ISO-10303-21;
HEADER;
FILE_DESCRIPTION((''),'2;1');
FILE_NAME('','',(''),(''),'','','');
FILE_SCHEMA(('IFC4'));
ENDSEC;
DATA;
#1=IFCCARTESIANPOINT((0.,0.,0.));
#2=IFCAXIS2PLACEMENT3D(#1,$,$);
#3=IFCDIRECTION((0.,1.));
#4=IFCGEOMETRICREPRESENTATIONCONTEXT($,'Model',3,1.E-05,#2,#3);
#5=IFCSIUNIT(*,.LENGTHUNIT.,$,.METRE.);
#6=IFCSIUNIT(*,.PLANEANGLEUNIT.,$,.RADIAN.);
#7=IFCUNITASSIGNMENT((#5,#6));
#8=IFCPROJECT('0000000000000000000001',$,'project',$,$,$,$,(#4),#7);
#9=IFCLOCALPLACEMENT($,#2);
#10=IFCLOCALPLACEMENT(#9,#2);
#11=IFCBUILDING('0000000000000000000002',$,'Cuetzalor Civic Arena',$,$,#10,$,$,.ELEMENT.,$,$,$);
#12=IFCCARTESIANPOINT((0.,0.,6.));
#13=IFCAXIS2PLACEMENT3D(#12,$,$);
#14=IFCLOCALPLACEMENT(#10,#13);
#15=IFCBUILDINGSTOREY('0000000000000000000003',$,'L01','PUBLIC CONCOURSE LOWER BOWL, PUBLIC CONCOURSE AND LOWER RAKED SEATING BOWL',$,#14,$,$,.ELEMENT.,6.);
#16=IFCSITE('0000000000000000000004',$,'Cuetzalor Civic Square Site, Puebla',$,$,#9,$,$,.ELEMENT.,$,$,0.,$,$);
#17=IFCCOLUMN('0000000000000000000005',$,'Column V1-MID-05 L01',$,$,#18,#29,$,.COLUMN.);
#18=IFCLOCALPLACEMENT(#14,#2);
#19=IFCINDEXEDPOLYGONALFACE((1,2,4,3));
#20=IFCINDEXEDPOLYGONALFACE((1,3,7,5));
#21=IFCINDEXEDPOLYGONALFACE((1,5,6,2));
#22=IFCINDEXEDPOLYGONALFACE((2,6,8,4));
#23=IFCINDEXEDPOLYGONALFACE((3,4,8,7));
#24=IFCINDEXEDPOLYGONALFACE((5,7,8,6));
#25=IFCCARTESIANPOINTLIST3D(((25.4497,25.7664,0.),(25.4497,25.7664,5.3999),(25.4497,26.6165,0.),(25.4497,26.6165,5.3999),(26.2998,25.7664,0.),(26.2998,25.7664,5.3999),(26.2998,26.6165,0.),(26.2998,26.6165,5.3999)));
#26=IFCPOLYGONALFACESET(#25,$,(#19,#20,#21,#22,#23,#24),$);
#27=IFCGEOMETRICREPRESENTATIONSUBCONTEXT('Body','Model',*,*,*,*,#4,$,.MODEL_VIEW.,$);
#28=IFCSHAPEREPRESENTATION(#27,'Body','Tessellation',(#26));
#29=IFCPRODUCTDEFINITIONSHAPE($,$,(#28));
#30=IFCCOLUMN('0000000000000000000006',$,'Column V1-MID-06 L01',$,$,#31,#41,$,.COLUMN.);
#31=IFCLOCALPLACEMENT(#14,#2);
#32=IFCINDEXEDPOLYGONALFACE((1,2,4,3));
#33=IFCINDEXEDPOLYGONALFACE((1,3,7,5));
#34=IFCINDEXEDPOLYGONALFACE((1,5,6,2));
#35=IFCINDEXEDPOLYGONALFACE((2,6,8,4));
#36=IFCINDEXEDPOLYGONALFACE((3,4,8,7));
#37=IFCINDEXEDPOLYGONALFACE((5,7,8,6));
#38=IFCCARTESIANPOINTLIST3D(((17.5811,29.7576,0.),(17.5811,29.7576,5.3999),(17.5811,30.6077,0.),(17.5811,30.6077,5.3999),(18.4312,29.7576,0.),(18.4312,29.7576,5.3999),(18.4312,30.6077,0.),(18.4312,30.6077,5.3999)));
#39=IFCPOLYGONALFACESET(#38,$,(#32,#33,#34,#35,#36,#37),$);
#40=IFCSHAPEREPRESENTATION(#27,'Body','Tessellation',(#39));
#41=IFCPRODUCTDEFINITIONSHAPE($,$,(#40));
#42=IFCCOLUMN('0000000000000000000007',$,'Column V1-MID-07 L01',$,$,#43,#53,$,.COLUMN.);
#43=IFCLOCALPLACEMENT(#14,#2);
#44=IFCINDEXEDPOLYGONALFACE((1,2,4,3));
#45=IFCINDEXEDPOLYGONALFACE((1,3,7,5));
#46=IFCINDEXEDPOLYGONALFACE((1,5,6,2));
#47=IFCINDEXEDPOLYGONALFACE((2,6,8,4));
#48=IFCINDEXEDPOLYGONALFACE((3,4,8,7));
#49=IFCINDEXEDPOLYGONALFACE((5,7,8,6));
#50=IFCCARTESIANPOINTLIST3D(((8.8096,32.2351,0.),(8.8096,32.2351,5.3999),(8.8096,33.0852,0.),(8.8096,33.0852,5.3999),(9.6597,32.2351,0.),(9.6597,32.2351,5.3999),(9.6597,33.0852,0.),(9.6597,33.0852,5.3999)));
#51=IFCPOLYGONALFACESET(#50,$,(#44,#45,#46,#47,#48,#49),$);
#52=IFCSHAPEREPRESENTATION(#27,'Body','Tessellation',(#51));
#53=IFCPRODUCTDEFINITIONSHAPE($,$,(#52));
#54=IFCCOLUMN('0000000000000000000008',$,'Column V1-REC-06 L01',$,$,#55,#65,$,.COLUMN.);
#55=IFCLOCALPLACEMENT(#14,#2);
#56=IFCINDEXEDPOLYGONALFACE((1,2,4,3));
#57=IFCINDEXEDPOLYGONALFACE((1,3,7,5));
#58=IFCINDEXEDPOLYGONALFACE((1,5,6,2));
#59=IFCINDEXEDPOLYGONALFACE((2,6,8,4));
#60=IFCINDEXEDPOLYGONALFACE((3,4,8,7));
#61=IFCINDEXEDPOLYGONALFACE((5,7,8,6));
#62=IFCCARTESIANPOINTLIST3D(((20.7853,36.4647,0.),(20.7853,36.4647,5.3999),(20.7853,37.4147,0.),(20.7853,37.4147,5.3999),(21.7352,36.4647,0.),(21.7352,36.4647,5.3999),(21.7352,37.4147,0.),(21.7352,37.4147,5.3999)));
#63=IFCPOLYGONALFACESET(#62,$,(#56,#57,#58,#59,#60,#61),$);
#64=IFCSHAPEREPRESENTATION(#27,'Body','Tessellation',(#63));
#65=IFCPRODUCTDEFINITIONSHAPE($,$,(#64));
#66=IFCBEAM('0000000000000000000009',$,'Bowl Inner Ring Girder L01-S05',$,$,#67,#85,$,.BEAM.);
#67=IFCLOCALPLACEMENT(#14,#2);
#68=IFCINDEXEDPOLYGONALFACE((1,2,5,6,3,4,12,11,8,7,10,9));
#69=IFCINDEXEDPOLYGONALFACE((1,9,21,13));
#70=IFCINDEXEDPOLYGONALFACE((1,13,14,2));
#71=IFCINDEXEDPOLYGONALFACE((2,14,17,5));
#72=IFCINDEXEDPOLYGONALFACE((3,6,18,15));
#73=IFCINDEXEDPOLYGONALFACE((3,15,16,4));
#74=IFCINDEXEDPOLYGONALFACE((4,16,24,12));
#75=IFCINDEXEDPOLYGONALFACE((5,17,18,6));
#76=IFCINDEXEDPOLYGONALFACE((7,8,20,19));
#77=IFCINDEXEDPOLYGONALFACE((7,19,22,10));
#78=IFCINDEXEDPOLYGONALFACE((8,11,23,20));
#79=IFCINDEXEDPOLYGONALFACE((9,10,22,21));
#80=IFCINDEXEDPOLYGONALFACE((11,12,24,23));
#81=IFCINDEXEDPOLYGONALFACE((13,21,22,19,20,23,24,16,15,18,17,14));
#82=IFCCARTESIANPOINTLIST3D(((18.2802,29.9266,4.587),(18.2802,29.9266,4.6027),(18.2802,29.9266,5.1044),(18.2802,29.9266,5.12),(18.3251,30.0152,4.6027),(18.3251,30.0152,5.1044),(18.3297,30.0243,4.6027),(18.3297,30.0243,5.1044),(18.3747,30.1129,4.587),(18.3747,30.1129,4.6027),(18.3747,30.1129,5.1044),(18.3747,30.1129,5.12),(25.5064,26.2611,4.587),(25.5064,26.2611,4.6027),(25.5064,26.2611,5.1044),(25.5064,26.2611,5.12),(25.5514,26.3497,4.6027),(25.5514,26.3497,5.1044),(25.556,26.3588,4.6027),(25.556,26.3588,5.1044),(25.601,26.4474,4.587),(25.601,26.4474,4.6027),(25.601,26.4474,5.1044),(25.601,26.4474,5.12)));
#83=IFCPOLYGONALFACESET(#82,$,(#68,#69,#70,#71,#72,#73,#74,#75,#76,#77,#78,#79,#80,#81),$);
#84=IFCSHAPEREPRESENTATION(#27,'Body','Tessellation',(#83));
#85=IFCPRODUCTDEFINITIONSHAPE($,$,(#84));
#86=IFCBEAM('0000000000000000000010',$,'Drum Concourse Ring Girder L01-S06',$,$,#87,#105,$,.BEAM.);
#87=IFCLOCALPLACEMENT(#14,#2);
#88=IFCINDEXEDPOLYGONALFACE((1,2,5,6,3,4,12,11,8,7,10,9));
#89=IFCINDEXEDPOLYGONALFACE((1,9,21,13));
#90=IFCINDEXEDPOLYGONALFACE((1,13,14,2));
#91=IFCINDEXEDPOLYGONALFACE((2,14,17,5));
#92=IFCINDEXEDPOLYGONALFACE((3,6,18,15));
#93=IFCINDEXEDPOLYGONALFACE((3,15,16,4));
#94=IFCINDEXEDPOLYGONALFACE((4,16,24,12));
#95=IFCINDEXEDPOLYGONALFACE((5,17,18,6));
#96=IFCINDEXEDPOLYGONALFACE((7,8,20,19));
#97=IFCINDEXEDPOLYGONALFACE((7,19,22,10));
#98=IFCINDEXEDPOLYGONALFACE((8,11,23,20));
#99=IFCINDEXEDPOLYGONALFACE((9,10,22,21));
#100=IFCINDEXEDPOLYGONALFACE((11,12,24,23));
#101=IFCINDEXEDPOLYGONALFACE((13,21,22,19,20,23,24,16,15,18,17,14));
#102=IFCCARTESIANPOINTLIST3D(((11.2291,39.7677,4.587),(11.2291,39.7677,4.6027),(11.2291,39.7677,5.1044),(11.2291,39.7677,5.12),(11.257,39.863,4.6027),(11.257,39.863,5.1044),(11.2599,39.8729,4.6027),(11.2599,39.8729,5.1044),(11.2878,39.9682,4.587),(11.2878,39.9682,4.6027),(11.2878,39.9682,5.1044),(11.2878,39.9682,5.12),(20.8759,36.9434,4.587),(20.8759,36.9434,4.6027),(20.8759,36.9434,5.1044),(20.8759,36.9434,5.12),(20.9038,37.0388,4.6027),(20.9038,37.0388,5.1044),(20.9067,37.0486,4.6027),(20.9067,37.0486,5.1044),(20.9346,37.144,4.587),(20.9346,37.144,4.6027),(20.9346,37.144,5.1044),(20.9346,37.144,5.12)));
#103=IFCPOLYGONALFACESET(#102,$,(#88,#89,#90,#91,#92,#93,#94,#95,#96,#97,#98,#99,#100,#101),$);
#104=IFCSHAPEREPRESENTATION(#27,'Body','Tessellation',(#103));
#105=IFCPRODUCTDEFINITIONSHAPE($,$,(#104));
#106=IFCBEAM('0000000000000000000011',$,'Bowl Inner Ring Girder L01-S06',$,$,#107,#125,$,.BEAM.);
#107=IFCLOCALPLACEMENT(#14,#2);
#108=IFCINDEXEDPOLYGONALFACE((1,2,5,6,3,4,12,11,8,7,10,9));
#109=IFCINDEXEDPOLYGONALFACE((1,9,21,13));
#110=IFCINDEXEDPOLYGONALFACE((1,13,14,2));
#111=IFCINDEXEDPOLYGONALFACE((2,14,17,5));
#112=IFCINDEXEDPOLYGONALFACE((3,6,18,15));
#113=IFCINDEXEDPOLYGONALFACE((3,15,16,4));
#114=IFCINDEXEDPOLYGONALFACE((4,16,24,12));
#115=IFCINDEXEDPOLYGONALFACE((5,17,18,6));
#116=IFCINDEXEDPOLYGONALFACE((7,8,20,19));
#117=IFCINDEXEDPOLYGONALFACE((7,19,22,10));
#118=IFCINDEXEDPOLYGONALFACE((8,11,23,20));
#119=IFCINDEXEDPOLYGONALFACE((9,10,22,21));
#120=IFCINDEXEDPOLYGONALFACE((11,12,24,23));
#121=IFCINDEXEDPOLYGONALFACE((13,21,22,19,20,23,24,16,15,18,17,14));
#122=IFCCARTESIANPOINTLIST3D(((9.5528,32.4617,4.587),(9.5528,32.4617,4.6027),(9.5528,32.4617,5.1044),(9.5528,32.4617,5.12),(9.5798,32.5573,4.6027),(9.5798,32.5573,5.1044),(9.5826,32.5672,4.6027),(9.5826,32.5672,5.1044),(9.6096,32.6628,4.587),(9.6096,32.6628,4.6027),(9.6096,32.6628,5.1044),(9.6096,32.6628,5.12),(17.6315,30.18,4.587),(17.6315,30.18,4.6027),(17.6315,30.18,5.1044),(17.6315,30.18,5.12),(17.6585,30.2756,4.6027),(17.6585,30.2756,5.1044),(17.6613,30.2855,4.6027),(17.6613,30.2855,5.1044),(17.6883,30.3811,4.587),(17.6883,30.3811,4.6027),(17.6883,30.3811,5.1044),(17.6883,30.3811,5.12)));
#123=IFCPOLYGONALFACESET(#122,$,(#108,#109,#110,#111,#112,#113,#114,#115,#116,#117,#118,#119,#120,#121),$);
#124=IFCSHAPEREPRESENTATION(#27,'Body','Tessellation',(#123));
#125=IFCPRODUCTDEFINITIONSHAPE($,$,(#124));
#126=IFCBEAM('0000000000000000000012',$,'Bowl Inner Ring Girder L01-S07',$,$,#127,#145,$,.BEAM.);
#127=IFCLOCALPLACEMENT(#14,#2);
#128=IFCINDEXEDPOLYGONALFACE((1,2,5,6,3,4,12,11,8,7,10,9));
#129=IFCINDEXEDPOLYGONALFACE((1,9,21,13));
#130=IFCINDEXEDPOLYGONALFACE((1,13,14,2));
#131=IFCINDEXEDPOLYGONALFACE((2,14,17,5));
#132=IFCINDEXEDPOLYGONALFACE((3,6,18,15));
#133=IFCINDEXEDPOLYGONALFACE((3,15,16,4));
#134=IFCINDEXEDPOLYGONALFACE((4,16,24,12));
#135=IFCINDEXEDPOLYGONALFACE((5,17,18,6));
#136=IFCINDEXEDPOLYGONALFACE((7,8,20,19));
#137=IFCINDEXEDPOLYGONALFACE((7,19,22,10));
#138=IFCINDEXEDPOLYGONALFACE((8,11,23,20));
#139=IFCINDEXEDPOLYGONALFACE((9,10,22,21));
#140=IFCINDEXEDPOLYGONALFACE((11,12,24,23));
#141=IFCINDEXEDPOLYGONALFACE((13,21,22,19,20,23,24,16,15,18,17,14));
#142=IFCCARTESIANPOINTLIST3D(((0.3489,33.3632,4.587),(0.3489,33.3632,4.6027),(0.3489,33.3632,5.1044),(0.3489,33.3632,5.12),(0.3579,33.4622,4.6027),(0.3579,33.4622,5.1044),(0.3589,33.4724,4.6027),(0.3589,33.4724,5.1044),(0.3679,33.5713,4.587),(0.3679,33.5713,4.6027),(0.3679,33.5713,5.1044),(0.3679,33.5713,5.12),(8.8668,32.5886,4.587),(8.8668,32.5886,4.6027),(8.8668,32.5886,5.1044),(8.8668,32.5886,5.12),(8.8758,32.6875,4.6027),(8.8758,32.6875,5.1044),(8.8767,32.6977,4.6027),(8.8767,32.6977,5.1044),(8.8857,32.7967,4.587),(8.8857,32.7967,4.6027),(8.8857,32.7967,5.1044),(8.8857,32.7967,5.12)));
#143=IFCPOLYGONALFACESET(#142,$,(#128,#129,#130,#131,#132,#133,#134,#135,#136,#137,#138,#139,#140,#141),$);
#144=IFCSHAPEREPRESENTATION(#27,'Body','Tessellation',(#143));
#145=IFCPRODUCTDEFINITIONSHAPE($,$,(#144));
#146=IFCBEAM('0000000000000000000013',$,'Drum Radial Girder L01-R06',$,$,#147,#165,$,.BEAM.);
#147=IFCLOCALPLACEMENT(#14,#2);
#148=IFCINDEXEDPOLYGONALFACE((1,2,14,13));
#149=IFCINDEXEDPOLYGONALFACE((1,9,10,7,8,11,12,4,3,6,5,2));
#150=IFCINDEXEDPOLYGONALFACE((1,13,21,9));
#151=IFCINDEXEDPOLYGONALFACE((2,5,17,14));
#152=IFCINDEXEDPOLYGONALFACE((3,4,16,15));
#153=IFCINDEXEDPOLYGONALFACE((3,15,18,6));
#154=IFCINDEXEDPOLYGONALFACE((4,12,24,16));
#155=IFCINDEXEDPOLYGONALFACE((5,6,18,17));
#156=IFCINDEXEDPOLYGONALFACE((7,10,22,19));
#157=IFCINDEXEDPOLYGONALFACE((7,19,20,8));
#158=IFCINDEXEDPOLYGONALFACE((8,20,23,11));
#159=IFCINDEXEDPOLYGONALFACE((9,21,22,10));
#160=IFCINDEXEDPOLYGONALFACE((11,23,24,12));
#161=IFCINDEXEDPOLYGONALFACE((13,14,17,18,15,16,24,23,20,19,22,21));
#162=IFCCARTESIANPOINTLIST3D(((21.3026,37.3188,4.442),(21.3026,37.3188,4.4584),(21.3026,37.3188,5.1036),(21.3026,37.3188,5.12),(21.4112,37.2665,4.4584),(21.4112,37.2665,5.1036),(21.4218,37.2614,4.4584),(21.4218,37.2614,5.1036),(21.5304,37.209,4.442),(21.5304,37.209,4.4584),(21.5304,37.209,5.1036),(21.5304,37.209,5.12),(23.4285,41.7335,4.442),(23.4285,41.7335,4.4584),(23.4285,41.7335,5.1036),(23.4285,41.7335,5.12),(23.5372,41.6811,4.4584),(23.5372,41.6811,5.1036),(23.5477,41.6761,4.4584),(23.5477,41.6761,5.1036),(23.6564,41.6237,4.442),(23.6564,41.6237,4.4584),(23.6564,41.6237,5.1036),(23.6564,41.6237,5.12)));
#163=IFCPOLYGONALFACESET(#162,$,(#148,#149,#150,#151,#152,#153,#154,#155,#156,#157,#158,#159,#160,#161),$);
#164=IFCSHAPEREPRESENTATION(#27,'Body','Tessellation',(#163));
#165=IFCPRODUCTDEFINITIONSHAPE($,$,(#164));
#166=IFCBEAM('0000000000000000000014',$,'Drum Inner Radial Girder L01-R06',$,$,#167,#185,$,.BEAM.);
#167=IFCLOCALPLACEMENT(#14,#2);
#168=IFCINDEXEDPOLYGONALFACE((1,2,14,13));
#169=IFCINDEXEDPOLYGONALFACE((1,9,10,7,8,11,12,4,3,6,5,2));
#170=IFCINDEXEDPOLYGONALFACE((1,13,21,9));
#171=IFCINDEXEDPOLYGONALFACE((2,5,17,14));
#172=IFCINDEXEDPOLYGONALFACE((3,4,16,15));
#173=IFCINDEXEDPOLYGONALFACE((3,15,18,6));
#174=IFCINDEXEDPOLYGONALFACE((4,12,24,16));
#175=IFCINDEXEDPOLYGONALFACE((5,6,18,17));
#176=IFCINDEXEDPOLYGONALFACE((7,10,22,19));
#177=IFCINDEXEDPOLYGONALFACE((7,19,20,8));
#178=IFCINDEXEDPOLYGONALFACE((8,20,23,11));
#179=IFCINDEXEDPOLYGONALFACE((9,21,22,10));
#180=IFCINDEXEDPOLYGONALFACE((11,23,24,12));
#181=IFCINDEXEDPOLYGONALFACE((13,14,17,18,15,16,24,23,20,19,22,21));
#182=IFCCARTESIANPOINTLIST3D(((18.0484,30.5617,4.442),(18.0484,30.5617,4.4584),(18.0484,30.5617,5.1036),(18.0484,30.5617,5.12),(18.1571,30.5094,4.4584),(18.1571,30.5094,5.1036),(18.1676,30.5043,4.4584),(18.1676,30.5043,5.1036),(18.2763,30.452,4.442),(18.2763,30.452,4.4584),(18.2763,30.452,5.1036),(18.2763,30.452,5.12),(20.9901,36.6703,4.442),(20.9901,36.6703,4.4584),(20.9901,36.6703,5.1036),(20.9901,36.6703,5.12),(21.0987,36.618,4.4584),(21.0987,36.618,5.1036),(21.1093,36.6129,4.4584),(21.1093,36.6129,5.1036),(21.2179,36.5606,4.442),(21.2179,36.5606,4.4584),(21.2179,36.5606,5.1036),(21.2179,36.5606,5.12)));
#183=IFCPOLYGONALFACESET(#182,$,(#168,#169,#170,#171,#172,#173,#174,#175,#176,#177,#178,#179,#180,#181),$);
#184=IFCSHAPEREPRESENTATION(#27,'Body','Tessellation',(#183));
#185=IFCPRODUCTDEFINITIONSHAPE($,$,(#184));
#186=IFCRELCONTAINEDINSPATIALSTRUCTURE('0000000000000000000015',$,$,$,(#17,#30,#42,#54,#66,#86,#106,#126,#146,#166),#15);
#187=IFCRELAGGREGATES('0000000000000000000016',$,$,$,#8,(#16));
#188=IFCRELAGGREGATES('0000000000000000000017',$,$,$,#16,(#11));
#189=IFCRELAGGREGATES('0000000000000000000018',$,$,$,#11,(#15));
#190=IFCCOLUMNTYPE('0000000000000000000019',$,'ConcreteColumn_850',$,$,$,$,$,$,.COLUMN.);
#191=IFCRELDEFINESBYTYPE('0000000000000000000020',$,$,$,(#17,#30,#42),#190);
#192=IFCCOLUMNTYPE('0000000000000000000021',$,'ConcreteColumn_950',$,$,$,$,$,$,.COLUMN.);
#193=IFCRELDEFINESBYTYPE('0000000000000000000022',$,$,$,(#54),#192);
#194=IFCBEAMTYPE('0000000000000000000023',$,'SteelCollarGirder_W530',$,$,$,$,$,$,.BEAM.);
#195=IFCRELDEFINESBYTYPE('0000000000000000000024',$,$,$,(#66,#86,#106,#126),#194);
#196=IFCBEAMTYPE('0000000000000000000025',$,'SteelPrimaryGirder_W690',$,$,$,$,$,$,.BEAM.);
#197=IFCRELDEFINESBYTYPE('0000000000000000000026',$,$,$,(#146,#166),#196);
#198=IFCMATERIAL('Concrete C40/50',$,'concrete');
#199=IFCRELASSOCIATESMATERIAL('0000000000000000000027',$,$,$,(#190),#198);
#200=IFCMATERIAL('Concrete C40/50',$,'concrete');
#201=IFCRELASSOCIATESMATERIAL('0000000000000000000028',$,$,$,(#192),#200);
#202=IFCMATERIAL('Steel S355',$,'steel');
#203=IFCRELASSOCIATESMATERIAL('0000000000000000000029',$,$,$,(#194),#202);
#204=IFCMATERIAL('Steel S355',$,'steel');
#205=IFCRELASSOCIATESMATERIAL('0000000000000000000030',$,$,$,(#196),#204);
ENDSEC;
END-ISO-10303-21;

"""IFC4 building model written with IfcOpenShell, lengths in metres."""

from ifc_helpers import new_model, si_unit, direction, frame, origin, origin_2d, place, context, subcontext, project, spatial, rectangle, i_section, extrude, material, material_profile, profile_set, type_object, element, save


model = new_model("IFC4")

# Units and contexts
model_context = context("Model", 3, precision=1e-05, world=origin(), true_north=direction((0.0, 1.0)))
body_context = subcontext(model_context, "Body", "Model", "MODEL_VIEW")
ifc_project = project(units=[si_unit("LENGTHUNIT", "METRE"), si_unit("PLANEANGLEUNIT", "RADIAN")], contexts=[model_context])

# Site, building, storey
site_placement = place(None, origin())
site = spatial("IfcSite", under=ifc_project, at=site_placement, Name="Cuetzalor Civic Square Site, Puebla", CompositionType="ELEMENT", RefElevation=0.0)
building_placement = place(site_placement, origin())
building = spatial("IfcBuilding", under=site, at=building_placement, Name="Cuetzalor Civic Arena", CompositionType="ELEMENT")
storey_placement = place(building_placement, frame((0.0, 0.0, 6.0)))
storey = spatial("IfcBuildingStorey", under=building, at=storey_placement, Name="L01", Description="PUBLIC CONCOURSE LOWER BOWL, PUBLIC CONCOURSE AND LOWER RAKED SEATING BOWL", CompositionType="ELEMENT", Elevation=6.0)

# Columns
ifc_material_1 = material(Name="Concrete C40/50", Category="concrete")
ifc_material_profile_1 = material_profile(ifc_material_1, rectangle(XDim=0.8501, YDim=0.8501, at=origin_2d()), Name="RC 850x850")
ifc_profile_set_1 = profile_set([ifc_material_profile_1], Name="Concrete C40/50")
column_type_1 = type_object("IfcColumnType", Name="ConcreteColumn_850", PredefinedType="COLUMN", material=ifc_profile_set_1)
for number, where, z_axis, x_axis, name in (
    (1, (25.8748, 26.1914, 0.0), (0.0, 0.0, 1.0), (1.0, 0.0, 0.0), "Column V1-MID-05 L01"),
    (2, (18.0061, 30.1826, 0.0), (0.0, 0.0, 1.0), (1.0, 0.0, 0.0), "Column V1-MID-06 L01"),
    (3, (9.2346, 32.6602, 0.0), (0.0, 0.0, 1.0), (1.0, 0.0, 0.0), "Column V1-MID-07 L01"),
):
    element("IfcColumn", number, at=place(storey_placement, frame(where, z_axis=z_axis, x_axis=x_axis)), inside=storey, type_object=column_type_1, Name=name, PredefinedType="COLUMN", context=body_context, shape_type="SweptSolid", body=[
        extrude(rectangle(XDim=0.8501, YDim=0.8501, at=origin_2d()), origin(), (0.0, 0.0, 1.0), 5.3999),
    ])
ifc_material_2 = material(Name="Concrete C40/50", Category="concrete")
ifc_material_profile_2 = material_profile(ifc_material_2, rectangle(XDim=0.95, YDim=0.95, at=origin_2d()), Name="RC 950x950")
ifc_profile_set_2 = profile_set([ifc_material_profile_2], Name="Concrete C40/50")
column_type_2 = type_object("IfcColumnType", Name="ConcreteColumn_950", PredefinedType="COLUMN", material=ifc_profile_set_2)
column_placement = place(storey_placement, frame((21.2603, 36.9397, 0.0), z_axis=(0.0, 0.0, 1.0), x_axis=(1.0, 0.0, 0.0)))
element("IfcColumn", 4, at=column_placement, inside=storey, type_object=column_type_2, Name="Column V1-REC-06 L01", PredefinedType="COLUMN", context=body_context, shape_type="SweptSolid", body=[
    extrude(rectangle(XDim=0.95, YDim=0.95, at=origin_2d()), origin(), (0.0, 0.0, 1.0), 5.3999),
])

# Beams
ifc_material_3 = material(Name="Steel S355", Category="steel")
ifc_material_profile_3 = material_profile(ifc_material_3, i_section(OverallWidth=0.209, OverallDepth=0.533, WebThickness=0.0103, FlangeThickness=0.0156, at=origin_2d()), Name="W530x92")
ifc_profile_set_3 = profile_set([ifc_material_profile_3], Name="Steel S355")
beam_type_1 = type_object("IfcBeamType", Name="SteelCollarGirder_W530", PredefinedType="BEAM", material=ifc_profile_set_3)
beam_1_placement = place(storey_placement, frame((25.5537, 26.3542, 4.8535), z_axis=(-0.891827, 0.452376, 0.0), x_axis=(-0.452376, -0.891827, 0.0)))
element("IfcBeam", 5, at=beam_1_placement, inside=storey, type_object=beam_type_1, Name="Bowl Inner Ring Girder L01-S05", PredefinedType="BEAM", context=body_context, shape_type="SweptSolid", body=[
    extrude(i_section(OverallWidth=0.209, OverallDepth=0.533, WebThickness=0.0103, FlangeThickness=0.0156, at=origin_2d()), origin(), (0.0, 0.0, 1.0), 8.1028),
])
beam_2_placement = place(storey_placement, frame((20.9053, 37.0437, 4.8535), z_axis=(-0.959716, 0.280971, 0.0), x_axis=(-0.280971, -0.959716, 0.0)))
element("IfcBeam", 6, at=beam_2_placement, inside=storey, type_object=beam_type_1, Name="Drum Concourse Ring Girder L01-S06", PredefinedType="BEAM", context=body_context, shape_type="SweptSolid", body=[
    extrude(i_section(OverallWidth=0.209, OverallDepth=0.533, WebThickness=0.0103, FlangeThickness=0.0156, at=origin_2d()), origin(), (0.0, 0.0, 1.0), 10.0518),
])
beam_3_placement = place(storey_placement, frame((17.6599, 30.2805, 4.8535), z_axis=(-0.962354, 0.271801, 0.0), x_axis=(-0.271801, -0.962354, 0.0)))
element("IfcBeam", 7, at=beam_3_placement, inside=storey, type_object=beam_type_1, Name="Bowl Inner Ring Girder L01-S06", PredefinedType="BEAM", context=body_context, shape_type="SweptSolid", body=[
    extrude(i_section(OverallWidth=0.209, OverallDepth=0.533, WebThickness=0.0103, FlangeThickness=0.0156, at=origin_2d()), origin(), (0.0, 0.0, 1.0), 8.3948),
])
beam_4_placement = place(storey_placement, frame((8.8762, 32.6926, 4.8535), z_axis=(-0.99589, 0.090572, 0.0), x_axis=(-0.090572, -0.99589, 0.0)))
element("IfcBeam", 8, at=beam_4_placement, inside=storey, type_object=beam_type_1, Name="Bowl Inner Ring Girder L01-S07", PredefinedType="BEAM", context=body_context, shape_type="SweptSolid", body=[
    extrude(i_section(OverallWidth=0.209, OverallDepth=0.533, WebThickness=0.0103, FlangeThickness=0.0156, at=origin_2d()), origin(), (0.0, 0.0, 1.0), 8.553),
])
ifc_material_4 = material(Name="Steel S355", Category="steel")
ifc_material_profile_4 = material_profile(ifc_material_4, i_section(OverallWidth=0.2529, OverallDepth=0.678, WebThickness=0.0117, FlangeThickness=0.0164, at=origin_2d()), Name="W690x125")
ifc_profile_set_4 = profile_set([ifc_material_profile_4], Name="Steel S355")
beam_type_2 = type_object("IfcBeamType", Name="SteelPrimaryGirder_W690", PredefinedType="BEAM", material=ifc_profile_set_4)
beam_5_placement = place(storey_placement, frame((21.4165, 37.2639, 4.781), z_axis=(0.433871, 0.900975, 0.0), x_axis=(-0.900975, 0.433871, 0.0)))
element("IfcBeam", 9, at=beam_5_placement, inside=storey, type_object=beam_type_2, Name="Drum Radial Girder L01-R06", PredefinedType="BEAM", context=body_context, shape_type="SweptSolid", body=[
    extrude(i_section(OverallWidth=0.2529, OverallDepth=0.678, WebThickness=0.0117, FlangeThickness=0.0164, at=origin_2d()), origin(), (0.0, 0.0, 1.0), 4.8999),
])
for number, where, z_axis, x_axis, name in (
    (10, (18.1624, 30.5068, 4.781), (0.43387, 0.900976, 0.0), (-0.900976, 0.43387, 0.0), "Drum Inner Radial Girder L01-R06"),
):
    element("IfcBeam", number, at=place(storey_placement, frame(where, z_axis=z_axis, x_axis=x_axis)), inside=storey, type_object=beam_type_2, Name=name, PredefinedType="BEAM", context=body_context, shape_type="SweptSolid", body=[
        extrude(i_section(OverallWidth=0.2529, OverallDepth=0.678, WebThickness=0.0117, FlangeThickness=0.0164, at=origin_2d()), origin(), (0.0, 0.0, 1.0), 6.78),
    ])

save(model, "model.ifc")
